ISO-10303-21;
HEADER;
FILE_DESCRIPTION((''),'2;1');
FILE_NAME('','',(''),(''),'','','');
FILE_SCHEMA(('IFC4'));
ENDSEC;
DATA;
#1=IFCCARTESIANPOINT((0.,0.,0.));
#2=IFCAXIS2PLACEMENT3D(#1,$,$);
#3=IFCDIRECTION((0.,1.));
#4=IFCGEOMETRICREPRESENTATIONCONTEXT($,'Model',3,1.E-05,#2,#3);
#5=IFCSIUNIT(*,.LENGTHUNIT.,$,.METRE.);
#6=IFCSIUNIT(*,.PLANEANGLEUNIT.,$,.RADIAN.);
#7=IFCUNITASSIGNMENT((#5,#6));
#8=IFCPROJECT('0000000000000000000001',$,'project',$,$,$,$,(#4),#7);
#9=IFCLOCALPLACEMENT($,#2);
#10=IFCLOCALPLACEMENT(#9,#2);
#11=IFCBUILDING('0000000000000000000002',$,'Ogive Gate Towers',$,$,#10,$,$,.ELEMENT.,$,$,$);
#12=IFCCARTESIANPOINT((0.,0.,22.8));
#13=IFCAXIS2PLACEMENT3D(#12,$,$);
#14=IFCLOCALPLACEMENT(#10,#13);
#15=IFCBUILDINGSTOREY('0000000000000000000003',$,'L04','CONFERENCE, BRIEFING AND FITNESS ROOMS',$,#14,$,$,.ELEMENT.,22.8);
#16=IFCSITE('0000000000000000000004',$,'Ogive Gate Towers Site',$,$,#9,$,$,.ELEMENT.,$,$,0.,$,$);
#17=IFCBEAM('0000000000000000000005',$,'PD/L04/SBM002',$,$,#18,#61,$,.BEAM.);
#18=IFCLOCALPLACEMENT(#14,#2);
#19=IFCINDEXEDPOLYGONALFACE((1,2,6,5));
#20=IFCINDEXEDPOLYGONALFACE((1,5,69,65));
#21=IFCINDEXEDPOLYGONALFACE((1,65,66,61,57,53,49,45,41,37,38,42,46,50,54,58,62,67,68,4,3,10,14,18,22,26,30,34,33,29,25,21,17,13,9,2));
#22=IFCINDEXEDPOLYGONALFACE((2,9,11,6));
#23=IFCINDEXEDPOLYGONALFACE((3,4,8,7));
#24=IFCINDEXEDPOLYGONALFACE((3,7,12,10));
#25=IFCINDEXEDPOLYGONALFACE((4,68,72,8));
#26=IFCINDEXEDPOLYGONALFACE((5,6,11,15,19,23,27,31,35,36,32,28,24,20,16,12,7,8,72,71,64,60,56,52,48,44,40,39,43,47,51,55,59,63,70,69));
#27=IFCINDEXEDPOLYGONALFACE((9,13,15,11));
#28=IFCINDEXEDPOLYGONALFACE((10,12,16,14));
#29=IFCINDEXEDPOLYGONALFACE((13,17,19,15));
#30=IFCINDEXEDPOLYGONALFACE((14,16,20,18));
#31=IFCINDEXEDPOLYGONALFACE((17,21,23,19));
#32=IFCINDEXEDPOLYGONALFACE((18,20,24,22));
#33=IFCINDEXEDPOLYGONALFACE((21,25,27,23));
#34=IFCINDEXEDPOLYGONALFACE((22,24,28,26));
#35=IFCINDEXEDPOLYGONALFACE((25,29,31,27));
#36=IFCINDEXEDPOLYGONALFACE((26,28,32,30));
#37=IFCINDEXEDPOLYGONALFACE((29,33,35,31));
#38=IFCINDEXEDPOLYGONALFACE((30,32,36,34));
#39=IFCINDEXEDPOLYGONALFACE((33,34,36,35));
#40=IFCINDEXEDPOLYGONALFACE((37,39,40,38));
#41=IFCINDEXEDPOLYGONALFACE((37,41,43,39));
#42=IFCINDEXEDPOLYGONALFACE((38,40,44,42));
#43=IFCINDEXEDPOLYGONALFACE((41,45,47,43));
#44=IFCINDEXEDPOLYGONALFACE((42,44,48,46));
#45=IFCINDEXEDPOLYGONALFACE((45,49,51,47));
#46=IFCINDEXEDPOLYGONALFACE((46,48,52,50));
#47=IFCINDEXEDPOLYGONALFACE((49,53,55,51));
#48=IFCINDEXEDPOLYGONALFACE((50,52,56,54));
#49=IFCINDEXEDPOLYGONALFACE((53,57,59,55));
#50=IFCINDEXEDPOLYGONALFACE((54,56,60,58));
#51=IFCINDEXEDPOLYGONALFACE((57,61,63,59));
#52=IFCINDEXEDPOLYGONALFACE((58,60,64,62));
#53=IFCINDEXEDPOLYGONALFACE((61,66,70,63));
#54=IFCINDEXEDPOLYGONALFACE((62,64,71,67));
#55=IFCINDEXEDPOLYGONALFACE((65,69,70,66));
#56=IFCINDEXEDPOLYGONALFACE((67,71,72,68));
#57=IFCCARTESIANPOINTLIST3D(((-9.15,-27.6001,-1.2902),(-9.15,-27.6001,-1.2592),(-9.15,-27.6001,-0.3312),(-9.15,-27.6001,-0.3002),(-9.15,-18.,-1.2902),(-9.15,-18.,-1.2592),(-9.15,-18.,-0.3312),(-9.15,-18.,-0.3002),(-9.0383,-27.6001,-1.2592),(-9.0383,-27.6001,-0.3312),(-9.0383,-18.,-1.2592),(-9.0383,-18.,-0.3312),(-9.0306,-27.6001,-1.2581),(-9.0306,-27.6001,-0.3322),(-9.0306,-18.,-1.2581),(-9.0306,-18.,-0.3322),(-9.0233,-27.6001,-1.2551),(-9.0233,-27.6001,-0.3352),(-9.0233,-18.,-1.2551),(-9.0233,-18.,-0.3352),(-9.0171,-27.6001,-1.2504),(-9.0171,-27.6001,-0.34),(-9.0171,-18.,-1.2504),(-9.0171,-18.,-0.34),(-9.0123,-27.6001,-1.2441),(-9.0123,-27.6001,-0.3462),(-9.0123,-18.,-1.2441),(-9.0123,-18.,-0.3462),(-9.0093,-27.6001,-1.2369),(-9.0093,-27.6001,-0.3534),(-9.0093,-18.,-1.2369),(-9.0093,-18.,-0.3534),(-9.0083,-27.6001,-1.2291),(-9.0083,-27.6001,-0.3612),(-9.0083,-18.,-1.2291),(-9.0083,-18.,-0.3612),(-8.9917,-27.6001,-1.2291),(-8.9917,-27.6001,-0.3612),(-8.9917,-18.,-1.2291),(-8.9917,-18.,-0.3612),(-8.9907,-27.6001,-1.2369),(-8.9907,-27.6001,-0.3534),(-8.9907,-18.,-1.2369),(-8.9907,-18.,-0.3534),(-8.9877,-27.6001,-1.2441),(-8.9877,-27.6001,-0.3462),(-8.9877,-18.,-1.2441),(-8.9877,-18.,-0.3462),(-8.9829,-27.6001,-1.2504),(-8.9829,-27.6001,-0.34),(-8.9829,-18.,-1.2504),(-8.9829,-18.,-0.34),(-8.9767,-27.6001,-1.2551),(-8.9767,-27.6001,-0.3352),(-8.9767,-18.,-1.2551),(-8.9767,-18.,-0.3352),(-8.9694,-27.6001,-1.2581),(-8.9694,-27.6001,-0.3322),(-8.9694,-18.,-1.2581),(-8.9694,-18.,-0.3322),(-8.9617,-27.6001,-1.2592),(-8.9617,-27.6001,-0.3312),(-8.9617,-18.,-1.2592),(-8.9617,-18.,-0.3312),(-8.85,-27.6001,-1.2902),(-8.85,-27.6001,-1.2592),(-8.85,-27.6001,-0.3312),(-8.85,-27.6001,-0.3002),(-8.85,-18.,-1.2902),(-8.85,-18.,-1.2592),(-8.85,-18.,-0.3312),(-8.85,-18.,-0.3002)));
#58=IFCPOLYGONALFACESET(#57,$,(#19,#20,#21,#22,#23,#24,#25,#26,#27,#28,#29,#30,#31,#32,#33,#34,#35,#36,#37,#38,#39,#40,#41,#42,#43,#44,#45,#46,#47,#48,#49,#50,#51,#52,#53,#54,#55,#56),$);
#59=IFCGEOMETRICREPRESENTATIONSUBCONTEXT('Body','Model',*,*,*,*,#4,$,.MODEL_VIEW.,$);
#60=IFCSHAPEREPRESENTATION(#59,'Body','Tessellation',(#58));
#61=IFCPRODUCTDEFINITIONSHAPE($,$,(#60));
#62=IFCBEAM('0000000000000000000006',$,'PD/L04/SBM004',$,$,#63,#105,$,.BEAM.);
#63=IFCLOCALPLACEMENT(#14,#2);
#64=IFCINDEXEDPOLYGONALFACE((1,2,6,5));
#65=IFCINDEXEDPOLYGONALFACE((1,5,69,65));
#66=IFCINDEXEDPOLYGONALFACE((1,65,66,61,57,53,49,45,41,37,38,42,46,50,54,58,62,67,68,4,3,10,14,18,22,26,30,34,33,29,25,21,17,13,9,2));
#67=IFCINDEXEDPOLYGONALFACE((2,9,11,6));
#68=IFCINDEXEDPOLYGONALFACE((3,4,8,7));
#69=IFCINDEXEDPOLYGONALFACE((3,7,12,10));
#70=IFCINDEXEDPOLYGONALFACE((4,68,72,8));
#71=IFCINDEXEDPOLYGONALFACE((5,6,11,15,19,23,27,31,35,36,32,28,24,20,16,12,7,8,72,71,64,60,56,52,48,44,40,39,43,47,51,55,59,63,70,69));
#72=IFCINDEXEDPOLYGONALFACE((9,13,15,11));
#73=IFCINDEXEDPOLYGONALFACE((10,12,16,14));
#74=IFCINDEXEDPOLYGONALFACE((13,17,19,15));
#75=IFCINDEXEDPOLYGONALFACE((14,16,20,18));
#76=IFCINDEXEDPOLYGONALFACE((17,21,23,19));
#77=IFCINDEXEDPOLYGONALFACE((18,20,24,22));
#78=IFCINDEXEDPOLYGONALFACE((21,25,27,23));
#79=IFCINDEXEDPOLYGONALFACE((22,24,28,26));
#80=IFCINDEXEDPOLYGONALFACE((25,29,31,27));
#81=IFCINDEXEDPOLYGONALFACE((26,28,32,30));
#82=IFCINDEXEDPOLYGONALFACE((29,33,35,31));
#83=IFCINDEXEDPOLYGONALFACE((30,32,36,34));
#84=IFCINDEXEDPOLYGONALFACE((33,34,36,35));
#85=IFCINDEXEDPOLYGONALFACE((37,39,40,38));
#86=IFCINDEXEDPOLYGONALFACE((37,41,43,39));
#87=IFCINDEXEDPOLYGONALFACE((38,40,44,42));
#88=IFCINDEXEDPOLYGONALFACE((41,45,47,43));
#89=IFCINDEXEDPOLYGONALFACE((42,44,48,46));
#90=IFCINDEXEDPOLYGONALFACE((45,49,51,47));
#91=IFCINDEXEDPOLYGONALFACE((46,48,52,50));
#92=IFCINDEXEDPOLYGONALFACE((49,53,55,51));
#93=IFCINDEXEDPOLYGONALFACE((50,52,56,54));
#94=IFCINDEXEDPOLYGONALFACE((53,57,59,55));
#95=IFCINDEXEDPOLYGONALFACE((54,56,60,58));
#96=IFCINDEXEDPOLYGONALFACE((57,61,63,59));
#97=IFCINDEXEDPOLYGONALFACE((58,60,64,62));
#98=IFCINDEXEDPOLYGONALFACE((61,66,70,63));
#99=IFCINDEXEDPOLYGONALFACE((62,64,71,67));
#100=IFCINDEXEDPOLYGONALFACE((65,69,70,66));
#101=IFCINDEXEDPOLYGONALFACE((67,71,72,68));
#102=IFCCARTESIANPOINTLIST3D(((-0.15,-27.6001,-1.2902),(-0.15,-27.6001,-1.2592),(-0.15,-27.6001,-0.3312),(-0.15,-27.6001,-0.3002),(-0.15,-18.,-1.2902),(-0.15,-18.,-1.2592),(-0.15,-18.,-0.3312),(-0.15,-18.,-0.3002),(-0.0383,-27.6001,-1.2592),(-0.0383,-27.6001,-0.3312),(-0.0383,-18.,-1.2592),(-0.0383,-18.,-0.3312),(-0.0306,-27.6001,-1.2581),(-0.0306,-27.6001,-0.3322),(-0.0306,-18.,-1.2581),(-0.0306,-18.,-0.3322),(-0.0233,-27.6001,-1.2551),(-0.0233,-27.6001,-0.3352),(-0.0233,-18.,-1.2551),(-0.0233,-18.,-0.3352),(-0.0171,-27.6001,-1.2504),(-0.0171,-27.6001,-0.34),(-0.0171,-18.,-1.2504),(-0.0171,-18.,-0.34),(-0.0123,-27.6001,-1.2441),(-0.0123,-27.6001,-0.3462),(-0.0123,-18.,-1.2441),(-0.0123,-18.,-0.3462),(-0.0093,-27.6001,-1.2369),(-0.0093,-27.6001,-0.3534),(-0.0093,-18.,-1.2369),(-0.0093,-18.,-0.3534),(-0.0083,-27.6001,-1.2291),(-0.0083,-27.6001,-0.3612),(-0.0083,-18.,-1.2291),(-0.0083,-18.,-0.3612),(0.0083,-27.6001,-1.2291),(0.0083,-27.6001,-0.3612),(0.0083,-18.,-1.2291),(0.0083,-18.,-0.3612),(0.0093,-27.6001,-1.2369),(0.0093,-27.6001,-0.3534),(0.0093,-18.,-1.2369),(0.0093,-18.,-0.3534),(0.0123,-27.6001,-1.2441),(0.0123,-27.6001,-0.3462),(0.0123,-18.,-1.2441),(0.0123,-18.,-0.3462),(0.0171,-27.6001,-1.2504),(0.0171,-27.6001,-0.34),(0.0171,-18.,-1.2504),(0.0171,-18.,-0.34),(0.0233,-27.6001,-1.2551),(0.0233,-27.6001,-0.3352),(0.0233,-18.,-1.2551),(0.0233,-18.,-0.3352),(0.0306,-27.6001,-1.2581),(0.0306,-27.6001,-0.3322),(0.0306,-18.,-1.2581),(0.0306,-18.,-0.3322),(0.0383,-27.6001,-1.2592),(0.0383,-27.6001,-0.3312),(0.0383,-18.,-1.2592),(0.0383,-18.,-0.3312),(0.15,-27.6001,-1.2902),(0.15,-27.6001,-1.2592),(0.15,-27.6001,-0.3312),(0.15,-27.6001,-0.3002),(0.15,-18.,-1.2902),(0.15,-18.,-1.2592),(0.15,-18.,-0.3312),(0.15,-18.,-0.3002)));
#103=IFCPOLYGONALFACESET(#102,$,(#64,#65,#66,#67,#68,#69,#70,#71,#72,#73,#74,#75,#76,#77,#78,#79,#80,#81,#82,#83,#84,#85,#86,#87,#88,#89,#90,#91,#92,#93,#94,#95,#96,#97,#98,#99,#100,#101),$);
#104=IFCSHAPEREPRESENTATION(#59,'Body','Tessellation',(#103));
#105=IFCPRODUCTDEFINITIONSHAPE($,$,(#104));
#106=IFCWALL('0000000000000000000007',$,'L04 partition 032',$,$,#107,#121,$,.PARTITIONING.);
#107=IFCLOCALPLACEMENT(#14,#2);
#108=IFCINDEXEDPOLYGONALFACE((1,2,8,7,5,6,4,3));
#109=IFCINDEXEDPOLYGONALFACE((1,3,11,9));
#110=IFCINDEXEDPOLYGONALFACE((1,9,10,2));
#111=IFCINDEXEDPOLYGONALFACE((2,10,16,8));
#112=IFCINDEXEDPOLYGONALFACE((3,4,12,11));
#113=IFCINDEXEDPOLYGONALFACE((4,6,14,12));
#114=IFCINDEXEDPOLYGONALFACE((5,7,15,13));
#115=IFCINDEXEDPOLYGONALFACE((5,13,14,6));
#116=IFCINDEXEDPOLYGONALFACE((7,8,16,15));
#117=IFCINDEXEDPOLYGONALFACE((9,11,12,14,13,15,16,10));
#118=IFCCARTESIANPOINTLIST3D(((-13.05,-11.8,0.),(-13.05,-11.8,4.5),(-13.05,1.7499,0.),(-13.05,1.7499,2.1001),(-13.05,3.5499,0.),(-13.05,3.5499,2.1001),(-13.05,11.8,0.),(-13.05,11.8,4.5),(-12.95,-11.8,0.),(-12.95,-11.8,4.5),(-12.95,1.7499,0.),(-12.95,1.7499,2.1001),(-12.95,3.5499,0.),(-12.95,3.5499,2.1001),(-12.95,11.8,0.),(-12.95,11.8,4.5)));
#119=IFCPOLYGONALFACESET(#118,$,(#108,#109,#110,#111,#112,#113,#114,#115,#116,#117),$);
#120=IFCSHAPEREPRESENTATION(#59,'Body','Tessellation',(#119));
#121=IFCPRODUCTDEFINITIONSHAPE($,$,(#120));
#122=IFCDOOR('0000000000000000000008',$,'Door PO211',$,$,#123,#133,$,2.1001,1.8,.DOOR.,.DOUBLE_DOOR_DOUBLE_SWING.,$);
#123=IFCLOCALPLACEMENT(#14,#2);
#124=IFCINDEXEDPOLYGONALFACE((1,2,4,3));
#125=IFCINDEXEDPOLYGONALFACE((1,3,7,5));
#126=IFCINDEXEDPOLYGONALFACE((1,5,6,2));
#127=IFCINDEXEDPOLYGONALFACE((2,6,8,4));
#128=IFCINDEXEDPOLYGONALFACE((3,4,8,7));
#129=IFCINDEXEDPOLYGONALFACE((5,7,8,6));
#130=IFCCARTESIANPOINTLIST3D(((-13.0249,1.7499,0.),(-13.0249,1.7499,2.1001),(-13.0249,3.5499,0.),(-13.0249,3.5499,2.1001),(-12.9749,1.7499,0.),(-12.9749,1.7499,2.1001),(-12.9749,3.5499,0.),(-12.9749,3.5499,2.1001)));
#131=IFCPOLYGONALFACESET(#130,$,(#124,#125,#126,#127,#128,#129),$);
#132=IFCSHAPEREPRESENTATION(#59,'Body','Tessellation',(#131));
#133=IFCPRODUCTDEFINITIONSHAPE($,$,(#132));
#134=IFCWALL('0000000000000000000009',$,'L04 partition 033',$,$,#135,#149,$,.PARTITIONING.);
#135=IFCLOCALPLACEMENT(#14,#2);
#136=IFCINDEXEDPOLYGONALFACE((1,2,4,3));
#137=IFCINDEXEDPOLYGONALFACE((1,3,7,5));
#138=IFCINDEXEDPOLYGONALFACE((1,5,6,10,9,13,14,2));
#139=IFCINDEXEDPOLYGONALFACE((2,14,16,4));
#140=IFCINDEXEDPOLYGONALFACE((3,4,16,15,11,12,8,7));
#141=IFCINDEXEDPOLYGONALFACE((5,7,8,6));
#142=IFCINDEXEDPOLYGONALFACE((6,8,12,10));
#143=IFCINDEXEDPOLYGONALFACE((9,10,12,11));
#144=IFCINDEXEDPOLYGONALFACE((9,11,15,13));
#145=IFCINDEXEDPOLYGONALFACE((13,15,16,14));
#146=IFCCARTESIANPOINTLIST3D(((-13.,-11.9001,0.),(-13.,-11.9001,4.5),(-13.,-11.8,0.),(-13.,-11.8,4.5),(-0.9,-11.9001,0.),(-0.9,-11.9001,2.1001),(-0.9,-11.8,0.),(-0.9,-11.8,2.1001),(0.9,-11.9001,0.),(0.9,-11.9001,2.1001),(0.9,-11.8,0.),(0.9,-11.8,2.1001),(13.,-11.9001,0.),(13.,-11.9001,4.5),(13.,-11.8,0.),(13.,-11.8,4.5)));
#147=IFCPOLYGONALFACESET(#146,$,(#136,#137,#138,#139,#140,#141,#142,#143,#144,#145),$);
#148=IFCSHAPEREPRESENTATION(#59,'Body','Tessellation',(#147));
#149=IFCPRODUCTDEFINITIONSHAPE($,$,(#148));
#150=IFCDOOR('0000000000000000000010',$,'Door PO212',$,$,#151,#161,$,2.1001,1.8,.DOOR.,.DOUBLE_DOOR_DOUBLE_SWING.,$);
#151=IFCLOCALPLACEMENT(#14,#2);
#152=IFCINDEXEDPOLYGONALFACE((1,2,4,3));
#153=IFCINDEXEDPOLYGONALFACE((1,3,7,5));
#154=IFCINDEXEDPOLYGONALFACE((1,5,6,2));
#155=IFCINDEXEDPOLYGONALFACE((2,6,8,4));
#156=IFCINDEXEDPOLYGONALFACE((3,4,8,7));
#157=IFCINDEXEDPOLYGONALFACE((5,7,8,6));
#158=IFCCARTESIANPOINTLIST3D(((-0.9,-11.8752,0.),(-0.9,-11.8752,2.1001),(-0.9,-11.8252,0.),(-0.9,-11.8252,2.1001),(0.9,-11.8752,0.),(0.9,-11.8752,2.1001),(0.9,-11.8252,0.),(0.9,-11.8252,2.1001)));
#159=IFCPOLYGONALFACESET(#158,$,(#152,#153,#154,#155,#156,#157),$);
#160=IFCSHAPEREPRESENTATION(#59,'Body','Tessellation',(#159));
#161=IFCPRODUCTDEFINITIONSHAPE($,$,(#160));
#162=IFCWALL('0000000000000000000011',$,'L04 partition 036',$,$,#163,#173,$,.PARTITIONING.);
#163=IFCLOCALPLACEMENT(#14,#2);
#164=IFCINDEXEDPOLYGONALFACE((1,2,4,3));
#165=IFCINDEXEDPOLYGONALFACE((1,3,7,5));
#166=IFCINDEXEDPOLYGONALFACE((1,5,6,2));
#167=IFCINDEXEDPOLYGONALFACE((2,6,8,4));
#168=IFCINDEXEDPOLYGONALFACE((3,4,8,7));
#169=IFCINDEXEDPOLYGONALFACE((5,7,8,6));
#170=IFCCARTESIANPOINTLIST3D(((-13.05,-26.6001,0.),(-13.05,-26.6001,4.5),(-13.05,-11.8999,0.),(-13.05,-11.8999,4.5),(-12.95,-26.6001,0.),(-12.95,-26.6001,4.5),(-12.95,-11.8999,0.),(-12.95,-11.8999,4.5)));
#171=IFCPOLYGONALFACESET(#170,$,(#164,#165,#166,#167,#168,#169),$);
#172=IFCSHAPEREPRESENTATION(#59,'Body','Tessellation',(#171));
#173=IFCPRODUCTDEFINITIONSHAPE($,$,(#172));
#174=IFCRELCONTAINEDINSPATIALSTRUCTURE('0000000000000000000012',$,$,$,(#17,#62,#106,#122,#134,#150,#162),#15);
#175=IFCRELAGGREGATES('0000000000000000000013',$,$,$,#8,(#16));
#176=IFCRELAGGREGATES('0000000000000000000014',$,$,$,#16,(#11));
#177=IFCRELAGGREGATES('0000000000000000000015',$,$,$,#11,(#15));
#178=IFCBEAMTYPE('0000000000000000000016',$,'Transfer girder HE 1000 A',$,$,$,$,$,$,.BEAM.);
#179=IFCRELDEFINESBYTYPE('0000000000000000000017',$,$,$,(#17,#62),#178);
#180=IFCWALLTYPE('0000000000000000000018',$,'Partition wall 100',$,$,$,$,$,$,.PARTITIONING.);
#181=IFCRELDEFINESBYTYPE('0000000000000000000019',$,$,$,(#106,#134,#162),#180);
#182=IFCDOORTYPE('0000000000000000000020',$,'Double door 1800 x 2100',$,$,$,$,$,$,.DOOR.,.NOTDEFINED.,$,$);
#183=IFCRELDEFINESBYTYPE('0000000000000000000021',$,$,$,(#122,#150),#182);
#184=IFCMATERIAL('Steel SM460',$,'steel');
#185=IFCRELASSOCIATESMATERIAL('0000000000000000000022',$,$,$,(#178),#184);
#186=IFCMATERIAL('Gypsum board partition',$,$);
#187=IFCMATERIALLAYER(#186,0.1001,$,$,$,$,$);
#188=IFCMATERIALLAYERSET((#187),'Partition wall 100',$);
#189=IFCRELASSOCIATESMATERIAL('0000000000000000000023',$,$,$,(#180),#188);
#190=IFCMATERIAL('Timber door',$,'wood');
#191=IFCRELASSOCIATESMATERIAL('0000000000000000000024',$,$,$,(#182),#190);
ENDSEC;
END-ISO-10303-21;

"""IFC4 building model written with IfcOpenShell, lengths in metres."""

from ifc_helpers import new_model, si_unit, direction, frame, frame_2d, origin, origin_2d, place, context, subcontext, project, spatial, rectangle, i_section, extrude, material, layer, layer_set, material_profile, profile_set, type_object, element, fill, save


model = new_model("IFC4")

# Units and contexts
model_context = context("Model", 3, precision=1e-05, world=origin(), true_north=direction((0.0, 1.0)))
body_context = subcontext(model_context, "Body", "Model", "MODEL_VIEW")
ifc_project = project(units=[si_unit("LENGTHUNIT", "METRE"), si_unit("PLANEANGLEUNIT", "RADIAN")], contexts=[model_context])

# Site, building, storey
site_placement = place(None, origin())
site = spatial("IfcSite", under=ifc_project, at=site_placement, Name="Ogive Gate Towers Site", CompositionType="ELEMENT", RefElevation=0.0)
building_placement = place(site_placement, origin())
building = spatial("IfcBuilding", under=site, at=building_placement, Name="Ogive Gate Towers", CompositionType="ELEMENT")
storey_placement = place(building_placement, frame((0.0, 0.0, 22.8)))
storey = spatial("IfcBuildingStorey", under=building, at=storey_placement, Name="L04", Description="CONFERENCE, BRIEFING AND FITNESS ROOMS", CompositionType="ELEMENT", Elevation=22.8)

# Beams
ifc_material_1 = material(Name="Steel SM460", Category="steel")
ifc_material_profile_1 = material_profile(ifc_material_1, i_section(OverallWidth=0.3, OverallDepth=0.99, WebThickness=0.0166, FlangeThickness=0.031, FilletRadius=0.03, at=origin_2d()), Name="HE 1000 A")
ifc_profile_set_1 = profile_set([ifc_material_profile_1], Name="Steel SM460")
beam_type_1 = type_object("IfcBeamType", Name="Transfer girder HE 1000 A", PredefinedType="BEAM", material=ifc_profile_set_1)
for number, where, z_axis, x_axis, name in (
    (1, (-9.0, -27.6001, -0.7952), (0.0, 1.0, 0.0), (-1.0, 0.0, 0.0), "PD/L04/SBM002"),
    (2, (0.0, -27.6001, -0.7952), (0.0, 1.0, 0.0), (-1.0, 0.0, 0.0), "PD/L04/SBM004"),
):
    element("IfcBeam", number, at=place(storey_placement, frame(where, z_axis=z_axis, x_axis=x_axis)), inside=storey, type_object=beam_type_1, Name=name, PredefinedType="BEAM", context=body_context, shape_type="SweptSolid", body=[
        extrude(i_section(OverallWidth=0.3, OverallDepth=0.99, WebThickness=0.0166, FlangeThickness=0.031, FilletRadius=0.03, at=origin_2d()), origin(), (0.0, 0.0, 1.0), 9.6001),
    ])

# Walls, openings, doors
ifc_material_2 = material(Name="Gypsum board partition")
ifc_layer_1 = layer(ifc_material_2, 0.1001)
ifc_layer_set_1 = layer_set([ifc_layer_1], Name="Partition wall 100")
wall_type_1 = type_object("IfcWallType", Name="Partition wall 100", PredefinedType="PARTITIONING", material=ifc_layer_set_1)
wall_1_placement = place(storey_placement, frame((-13.0, -11.8, 0.0), z_axis=(0.0, 0.0, 1.0), x_axis=(0.0, 1.0, 0.0)))
wall_1 = element("IfcWall", 3, at=wall_1_placement, inside=storey, type_object=wall_type_1, Name="L04 partition 032", PredefinedType="PARTITIONING", context=body_context, shape_type="SweptSolid", body=[
    extrude(rectangle(XDim=23.6001, YDim=0.1001, at=frame_2d((11.8, 0.0))), origin(), (0.0, 0.0, 1.0), 4.5),
])
opening_1_placement = place(wall_1_placement, frame((13.55, 0.0, 0.0)))
opening_1 = element("IfcOpeningElement", 4, at=opening_1_placement, cuts=wall_1, PredefinedType="OPENING", context=body_context, shape_type="SweptSolid", body=[
    extrude(rectangle(XDim=1.8, YDim=2.1001, at=frame_2d((0.8999, 1.05))), frame((0.0, 0.0601, 0.0), z_axis=(0.0, -1.0, 0.0), x_axis=(1.0, 0.0, 0.0)), (0.0, 0.0, 1.0), 0.1201),
])
ifc_material_3 = material(Name="Timber door", Category="wood")
door_type = type_object("IfcDoorType", Name="Double door 1800 x 2100", OperationType="NOTDEFINED", PredefinedType="DOOR", material=ifc_material_3)
door_1_placement = place(opening_1_placement, origin())
door_1 = element("IfcDoor", 5, at=door_1_placement, inside=storey, type_object=door_type, Name="Door PO211", OperationType="DOUBLE_DOOR_DOUBLE_SWING", OverallHeight=2.1001, OverallWidth=1.8, PredefinedType="DOOR", context=body_context, shape_type="SweptSolid", body=[
    extrude(rectangle(XDim=1.8, YDim=2.1001, at=frame_2d((0.8999, 1.05))), frame((0.0, 0.0249, 0.0), z_axis=(0.0, -1.0, 0.0), x_axis=(1.0, 0.0, 0.0)), (0.0, 0.0, 1.0), 0.05),
])
fill(opening_1, door_1)
wall_2_placement = place(storey_placement, frame((-13.0, -11.8501, 0.0), z_axis=(0.0, 0.0, 1.0), x_axis=(1.0, 0.0, 0.0)))
wall_2 = element("IfcWall", 6, at=wall_2_placement, inside=storey, type_object=wall_type_1, Name="L04 partition 033", PredefinedType="PARTITIONING", context=body_context, shape_type="SweptSolid", body=[
    extrude(rectangle(XDim=26.0, YDim=0.1001, at=frame_2d((13.0, 0.0))), origin(), (0.0, 0.0, 1.0), 4.5),
])
opening_2_placement = place(wall_2_placement, frame((12.1001, 0.0, 0.0)))
opening_2 = element("IfcOpeningElement", 7, at=opening_2_placement, cuts=wall_2, PredefinedType="OPENING", context=body_context, shape_type="SweptSolid", body=[
    extrude(rectangle(XDim=1.8, YDim=2.1001, at=frame_2d((0.8999, 1.05))), frame((0.0, 0.0601, 0.0), z_axis=(0.0, -1.0, 0.0), x_axis=(1.0, 0.0, 0.0)), (0.0, 0.0, 1.0), 0.1201),
])
door_2_placement = place(opening_2_placement, origin())
door_2 = element("IfcDoor", 8, at=door_2_placement, inside=storey, type_object=door_type, Name="Door PO212", OperationType="DOUBLE_DOOR_DOUBLE_SWING", OverallHeight=2.1001, OverallWidth=1.8, PredefinedType="DOOR", context=body_context, shape_type="SweptSolid", body=[
    extrude(rectangle(XDim=1.8, YDim=2.1001, at=frame_2d((0.8999, 1.05))), frame((0.0, 0.0249, 0.0), z_axis=(0.0, -1.0, 0.0), x_axis=(1.0, 0.0, 0.0)), (0.0, 0.0, 1.0), 0.05),
])
fill(opening_2, door_2)

# Wall
wall_3_placement = place(storey_placement, frame((-13.0, -26.6001, 0.0), z_axis=(0.0, 0.0, 1.0), x_axis=(0.0, 1.0, 0.0)))
element("IfcWall", 9, at=wall_3_placement, inside=storey, type_object=wall_type_1, Name="L04 partition 036", PredefinedType="PARTITIONING", context=body_context, shape_type="SweptSolid", body=[
    extrude(rectangle(XDim=14.7002, YDim=0.1001, at=frame_2d((7.3501, 0.0))), origin(), (0.0, 0.0, 1.0), 4.5),
])

save(model, "model.ifc")
